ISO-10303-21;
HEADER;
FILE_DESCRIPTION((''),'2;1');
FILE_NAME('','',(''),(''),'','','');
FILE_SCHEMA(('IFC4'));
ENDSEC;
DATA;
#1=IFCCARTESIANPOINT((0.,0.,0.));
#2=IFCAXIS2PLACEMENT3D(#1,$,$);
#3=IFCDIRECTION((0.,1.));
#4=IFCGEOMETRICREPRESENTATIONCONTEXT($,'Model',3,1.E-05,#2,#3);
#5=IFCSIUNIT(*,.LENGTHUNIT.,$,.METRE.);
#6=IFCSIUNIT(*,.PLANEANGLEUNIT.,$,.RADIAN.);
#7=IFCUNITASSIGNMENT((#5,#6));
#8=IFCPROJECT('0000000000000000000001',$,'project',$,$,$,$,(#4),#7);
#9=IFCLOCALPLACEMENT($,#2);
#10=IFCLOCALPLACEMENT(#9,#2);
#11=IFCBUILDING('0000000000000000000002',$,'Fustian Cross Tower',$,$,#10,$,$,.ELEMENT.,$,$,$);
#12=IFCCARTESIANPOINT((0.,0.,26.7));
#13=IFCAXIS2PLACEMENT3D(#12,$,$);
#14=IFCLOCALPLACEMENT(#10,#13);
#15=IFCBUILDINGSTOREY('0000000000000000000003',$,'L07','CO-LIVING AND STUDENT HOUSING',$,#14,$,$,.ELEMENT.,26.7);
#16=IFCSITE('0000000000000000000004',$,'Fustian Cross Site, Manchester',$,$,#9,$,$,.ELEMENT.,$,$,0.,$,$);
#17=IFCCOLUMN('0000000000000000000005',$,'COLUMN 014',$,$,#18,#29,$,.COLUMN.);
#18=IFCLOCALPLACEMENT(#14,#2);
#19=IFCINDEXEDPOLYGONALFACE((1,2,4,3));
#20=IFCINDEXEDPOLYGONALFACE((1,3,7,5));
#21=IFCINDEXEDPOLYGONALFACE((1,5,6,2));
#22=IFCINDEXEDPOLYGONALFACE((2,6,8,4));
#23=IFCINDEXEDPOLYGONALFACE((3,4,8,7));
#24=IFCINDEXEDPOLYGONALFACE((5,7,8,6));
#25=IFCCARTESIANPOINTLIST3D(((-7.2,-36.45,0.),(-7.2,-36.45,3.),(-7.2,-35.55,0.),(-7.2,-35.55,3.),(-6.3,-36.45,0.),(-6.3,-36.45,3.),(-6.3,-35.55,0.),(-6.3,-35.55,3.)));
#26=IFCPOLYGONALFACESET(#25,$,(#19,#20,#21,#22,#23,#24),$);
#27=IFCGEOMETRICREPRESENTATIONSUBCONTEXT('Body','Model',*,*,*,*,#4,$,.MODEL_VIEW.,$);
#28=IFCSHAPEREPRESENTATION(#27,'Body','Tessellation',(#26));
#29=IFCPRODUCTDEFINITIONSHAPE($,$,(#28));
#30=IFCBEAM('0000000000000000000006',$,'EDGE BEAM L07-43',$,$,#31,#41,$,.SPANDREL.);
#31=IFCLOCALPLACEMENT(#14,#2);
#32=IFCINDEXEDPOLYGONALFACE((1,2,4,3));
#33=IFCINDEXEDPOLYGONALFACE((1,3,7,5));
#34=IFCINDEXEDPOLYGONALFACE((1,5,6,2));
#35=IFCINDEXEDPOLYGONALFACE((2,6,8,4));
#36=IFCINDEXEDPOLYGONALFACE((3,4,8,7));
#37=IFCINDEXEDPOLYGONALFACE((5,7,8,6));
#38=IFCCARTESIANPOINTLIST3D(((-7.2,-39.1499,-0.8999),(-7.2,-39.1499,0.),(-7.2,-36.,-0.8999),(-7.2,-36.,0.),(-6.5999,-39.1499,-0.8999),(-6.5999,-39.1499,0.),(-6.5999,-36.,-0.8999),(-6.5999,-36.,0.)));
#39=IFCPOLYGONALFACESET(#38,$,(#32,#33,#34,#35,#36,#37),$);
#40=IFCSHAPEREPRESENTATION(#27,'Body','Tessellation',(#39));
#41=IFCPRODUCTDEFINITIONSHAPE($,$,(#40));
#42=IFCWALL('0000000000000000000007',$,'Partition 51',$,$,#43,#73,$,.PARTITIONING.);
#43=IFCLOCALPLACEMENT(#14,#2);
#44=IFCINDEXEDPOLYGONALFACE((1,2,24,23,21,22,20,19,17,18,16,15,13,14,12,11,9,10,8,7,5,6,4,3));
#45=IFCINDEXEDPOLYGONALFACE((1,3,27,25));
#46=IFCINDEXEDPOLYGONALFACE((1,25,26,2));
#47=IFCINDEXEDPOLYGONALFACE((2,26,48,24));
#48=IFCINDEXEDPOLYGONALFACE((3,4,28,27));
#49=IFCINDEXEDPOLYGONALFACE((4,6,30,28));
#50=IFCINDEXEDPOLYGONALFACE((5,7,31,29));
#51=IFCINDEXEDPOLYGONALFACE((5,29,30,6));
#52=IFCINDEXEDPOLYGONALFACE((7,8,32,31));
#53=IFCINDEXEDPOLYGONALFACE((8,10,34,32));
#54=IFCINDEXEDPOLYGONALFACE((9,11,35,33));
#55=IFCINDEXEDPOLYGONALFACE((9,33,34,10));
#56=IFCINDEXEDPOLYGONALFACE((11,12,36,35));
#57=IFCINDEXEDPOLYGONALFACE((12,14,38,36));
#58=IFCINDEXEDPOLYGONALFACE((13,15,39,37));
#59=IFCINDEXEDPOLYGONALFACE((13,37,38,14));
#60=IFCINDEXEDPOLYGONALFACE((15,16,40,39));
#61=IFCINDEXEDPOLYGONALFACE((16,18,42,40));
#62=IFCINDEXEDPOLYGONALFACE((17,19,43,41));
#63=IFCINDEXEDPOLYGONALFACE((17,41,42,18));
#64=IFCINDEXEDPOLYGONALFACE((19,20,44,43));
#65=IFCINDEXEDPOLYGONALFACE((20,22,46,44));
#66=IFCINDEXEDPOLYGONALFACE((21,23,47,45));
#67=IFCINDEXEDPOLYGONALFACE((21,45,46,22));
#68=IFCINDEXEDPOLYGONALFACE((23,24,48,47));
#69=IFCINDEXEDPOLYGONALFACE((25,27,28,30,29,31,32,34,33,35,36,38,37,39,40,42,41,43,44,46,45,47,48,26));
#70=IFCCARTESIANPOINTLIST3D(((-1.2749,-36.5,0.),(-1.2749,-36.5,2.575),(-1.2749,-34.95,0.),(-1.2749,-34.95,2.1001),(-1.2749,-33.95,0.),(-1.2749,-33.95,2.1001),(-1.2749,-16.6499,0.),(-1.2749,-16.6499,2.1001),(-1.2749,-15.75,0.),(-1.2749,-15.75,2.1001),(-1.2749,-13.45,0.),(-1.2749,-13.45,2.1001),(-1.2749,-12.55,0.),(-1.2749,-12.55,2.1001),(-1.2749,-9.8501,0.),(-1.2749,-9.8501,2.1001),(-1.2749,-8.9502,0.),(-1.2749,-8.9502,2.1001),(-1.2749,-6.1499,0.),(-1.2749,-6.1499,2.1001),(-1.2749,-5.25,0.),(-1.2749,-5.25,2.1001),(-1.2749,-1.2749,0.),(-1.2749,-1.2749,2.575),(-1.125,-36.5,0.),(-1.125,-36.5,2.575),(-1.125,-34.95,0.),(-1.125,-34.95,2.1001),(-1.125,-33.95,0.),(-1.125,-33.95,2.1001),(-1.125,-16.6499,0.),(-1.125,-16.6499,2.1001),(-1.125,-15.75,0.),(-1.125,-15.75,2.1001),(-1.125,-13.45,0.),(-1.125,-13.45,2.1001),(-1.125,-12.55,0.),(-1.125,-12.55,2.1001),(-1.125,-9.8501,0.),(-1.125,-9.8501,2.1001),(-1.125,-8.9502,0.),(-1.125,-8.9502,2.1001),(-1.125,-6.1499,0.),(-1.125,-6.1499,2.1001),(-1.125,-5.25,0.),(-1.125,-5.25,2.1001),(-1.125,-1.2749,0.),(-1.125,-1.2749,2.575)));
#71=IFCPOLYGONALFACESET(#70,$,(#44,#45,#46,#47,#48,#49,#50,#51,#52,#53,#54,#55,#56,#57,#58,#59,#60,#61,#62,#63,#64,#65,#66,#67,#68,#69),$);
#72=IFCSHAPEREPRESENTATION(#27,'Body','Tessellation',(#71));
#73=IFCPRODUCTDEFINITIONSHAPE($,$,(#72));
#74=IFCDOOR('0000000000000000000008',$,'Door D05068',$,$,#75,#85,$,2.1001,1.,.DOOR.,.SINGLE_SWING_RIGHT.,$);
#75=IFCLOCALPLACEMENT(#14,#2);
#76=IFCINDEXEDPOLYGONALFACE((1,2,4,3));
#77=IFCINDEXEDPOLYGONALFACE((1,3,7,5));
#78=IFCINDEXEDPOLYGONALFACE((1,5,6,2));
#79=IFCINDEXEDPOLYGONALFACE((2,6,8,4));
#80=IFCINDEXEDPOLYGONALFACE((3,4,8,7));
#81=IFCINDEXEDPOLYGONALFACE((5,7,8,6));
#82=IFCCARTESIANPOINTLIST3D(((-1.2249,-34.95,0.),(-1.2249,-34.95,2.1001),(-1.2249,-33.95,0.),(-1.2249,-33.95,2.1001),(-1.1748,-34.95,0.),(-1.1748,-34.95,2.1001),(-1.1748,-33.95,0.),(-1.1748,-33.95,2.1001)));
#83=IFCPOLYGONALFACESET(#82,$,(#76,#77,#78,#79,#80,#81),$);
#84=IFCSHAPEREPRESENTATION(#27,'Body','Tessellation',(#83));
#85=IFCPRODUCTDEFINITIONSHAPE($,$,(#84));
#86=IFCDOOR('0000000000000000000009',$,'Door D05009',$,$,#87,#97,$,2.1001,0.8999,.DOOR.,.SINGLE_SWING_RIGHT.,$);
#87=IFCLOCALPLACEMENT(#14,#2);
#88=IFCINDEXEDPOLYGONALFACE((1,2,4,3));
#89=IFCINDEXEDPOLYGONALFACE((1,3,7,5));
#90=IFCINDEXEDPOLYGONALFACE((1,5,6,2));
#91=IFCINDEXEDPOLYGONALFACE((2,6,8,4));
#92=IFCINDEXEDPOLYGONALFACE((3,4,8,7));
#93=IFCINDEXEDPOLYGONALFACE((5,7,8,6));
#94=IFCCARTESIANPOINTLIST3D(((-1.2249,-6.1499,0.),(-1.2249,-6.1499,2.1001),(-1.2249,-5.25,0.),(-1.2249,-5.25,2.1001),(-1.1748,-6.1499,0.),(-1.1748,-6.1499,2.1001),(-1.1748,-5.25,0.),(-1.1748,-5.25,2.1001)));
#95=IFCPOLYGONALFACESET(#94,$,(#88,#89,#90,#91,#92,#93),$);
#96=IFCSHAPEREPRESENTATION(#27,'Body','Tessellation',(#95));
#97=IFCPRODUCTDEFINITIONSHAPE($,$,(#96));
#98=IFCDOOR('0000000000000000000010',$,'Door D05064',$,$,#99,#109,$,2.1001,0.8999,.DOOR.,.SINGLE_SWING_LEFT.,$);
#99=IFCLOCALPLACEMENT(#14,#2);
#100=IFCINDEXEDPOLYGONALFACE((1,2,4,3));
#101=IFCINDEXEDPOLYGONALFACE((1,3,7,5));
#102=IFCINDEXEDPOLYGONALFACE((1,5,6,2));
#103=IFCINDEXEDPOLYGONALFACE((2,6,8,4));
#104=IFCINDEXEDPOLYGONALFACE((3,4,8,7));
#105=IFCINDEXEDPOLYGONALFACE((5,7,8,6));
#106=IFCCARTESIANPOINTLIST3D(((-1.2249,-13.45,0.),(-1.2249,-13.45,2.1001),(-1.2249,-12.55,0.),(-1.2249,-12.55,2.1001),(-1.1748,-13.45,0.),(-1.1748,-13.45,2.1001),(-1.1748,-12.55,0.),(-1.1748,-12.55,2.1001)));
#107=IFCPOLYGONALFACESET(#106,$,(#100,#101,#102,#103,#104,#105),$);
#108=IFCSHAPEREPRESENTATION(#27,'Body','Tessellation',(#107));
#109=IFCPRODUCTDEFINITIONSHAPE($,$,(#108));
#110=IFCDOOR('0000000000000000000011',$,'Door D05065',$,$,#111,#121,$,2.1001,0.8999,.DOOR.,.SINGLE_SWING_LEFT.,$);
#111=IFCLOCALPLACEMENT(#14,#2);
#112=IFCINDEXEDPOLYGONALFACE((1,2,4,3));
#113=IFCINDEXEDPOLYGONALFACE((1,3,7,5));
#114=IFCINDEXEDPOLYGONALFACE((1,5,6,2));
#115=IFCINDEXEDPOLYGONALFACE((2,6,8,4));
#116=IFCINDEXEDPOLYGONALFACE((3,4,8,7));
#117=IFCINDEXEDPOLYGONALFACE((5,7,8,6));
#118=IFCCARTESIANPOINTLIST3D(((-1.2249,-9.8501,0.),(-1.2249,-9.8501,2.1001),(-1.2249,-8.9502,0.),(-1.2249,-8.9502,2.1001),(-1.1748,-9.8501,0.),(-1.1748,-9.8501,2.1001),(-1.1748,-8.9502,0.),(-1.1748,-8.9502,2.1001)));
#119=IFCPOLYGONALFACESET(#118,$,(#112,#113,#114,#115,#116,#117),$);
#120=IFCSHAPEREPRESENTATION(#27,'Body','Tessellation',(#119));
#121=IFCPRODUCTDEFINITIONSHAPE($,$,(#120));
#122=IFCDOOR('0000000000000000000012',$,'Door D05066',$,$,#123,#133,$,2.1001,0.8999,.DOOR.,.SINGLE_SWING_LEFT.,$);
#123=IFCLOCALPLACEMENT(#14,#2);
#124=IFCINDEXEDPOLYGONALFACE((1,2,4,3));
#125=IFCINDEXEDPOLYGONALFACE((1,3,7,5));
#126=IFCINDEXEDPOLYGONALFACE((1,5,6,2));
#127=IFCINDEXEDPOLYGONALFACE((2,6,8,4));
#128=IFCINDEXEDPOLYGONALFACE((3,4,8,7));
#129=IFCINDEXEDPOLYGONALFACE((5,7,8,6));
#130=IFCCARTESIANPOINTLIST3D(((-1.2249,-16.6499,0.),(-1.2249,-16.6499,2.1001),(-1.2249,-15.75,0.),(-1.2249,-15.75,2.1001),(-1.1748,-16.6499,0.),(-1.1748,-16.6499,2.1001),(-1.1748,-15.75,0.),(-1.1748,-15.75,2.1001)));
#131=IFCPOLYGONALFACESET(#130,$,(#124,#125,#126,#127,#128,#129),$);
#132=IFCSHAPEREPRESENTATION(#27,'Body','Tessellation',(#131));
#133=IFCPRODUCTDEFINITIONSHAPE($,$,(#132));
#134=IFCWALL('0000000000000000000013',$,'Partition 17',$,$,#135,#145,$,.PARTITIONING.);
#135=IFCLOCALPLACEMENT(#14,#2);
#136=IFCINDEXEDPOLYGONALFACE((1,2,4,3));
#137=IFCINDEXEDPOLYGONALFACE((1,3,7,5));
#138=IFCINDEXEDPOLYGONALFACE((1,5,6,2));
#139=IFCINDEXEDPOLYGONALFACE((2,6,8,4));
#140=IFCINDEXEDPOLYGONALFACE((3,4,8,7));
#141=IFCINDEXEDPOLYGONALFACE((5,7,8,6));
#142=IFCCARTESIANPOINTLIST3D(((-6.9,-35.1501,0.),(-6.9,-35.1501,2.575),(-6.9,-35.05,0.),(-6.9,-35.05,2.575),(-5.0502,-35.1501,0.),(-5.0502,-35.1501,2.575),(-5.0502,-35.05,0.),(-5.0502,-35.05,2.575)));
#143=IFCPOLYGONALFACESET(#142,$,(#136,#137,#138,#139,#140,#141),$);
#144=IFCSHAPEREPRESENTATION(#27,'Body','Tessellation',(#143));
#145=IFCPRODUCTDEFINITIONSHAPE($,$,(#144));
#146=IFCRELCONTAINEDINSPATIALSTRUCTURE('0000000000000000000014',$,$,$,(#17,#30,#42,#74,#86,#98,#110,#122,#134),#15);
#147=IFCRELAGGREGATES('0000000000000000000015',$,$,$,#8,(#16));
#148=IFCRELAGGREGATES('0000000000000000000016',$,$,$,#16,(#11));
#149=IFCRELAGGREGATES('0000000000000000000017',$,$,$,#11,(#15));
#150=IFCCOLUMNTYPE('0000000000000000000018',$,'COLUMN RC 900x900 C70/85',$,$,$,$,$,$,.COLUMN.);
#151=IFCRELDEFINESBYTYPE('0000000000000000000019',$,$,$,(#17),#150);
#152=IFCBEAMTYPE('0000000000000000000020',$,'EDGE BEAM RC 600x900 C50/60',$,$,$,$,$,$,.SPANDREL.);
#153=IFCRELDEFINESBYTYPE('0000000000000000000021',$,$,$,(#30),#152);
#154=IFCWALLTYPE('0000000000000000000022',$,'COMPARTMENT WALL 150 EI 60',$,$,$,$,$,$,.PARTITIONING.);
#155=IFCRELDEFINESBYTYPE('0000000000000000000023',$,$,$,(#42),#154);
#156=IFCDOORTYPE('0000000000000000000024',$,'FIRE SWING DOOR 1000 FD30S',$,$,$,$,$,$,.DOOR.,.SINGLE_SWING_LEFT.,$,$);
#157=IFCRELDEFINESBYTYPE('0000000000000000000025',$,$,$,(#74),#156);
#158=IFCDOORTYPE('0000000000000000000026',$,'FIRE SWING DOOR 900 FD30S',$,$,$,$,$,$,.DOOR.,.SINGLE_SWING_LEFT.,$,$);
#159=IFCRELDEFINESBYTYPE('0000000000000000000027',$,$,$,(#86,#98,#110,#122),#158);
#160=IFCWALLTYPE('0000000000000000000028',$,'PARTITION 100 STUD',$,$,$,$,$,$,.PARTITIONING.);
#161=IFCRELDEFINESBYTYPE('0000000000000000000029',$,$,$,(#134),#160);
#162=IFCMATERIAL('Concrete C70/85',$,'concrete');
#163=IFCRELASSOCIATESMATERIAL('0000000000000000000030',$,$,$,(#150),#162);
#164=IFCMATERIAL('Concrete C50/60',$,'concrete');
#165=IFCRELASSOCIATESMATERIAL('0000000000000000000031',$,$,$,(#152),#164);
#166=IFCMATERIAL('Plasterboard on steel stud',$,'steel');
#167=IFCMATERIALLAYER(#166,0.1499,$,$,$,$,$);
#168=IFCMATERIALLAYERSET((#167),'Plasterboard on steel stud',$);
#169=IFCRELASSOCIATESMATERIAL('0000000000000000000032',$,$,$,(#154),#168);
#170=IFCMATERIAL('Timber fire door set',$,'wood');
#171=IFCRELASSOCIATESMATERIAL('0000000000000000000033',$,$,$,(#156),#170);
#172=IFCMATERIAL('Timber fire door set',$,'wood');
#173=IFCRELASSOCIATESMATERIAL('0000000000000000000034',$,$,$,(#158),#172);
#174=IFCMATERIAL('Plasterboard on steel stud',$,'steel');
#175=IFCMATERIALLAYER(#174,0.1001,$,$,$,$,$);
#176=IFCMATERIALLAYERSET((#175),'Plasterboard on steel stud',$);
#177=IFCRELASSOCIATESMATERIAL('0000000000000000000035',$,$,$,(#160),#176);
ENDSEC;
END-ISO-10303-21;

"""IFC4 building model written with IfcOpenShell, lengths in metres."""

from ifc_helpers import new_model, si_unit, direction, frame, frame_2d, origin, origin_2d, place, context, subcontext, project, spatial, rectangle, extrude, material, layer, layer_set, material_profile, profile_set, type_object, element, fill, save


model = new_model("IFC4")

# Units and contexts
model_context = context("Model", 3, precision=1e-05, world=origin(), true_north=direction((0.0, 1.0)))
body_context = subcontext(model_context, "Body", "Model", "MODEL_VIEW")
ifc_project = project(units=[si_unit("LENGTHUNIT", "METRE"), si_unit("PLANEANGLEUNIT", "RADIAN")], contexts=[model_context])

# Site, building, storey
site_placement = place(None, origin())
site = spatial("IfcSite", under=ifc_project, at=site_placement, Name="Fustian Cross Site, Manchester", CompositionType="ELEMENT", RefElevation=0.0)
building_placement = place(site_placement, origin())
building = spatial("IfcBuilding", under=site, at=building_placement, Name="Fustian Cross Tower", CompositionType="ELEMENT")
storey_placement = place(building_placement, frame((0.0, 0.0, 26.7)))
storey = spatial("IfcBuildingStorey", under=building, at=storey_placement, Name="L07", Description="CO-LIVING AND STUDENT HOUSING", CompositionType="ELEMENT", Elevation=26.7)

# Column
ifc_material_1 = material(Name="Concrete C70/85", Category="concrete")
ifc_material_profile_1 = material_profile(ifc_material_1, rectangle(XDim=0.8999, YDim=0.8999, at=origin_2d()), Name="RC 900x900")
ifc_profile_set_1 = profile_set([ifc_material_profile_1], Name="Concrete C70/85")
column_type = type_object("IfcColumnType", Name="COLUMN RC 900x900 C70/85", PredefinedType="COLUMN", material=ifc_profile_set_1)
column_placement = place(storey_placement, frame((-6.75, -36.0, 0.0), z_axis=(0.0, 0.0, 1.0), x_axis=(1.0, 0.0, 0.0)))
element("IfcColumn", 1, at=column_placement, inside=storey, type_object=column_type, Name="COLUMN 014", PredefinedType="COLUMN", context=body_context, shape_type="SweptSolid", body=[
    extrude(rectangle(XDim=0.8999, YDim=0.8999, at=origin_2d()), origin(), (0.0, 0.0, 1.0), 3.0),
])

# Beam
ifc_material_2 = material(Name="Concrete C50/60", Category="concrete")
ifc_material_profile_2 = material_profile(ifc_material_2, rectangle(XDim=0.6001, YDim=0.8999, at=origin_2d()), Name="RC 600x900")
ifc_profile_set_2 = profile_set([ifc_material_profile_2], Name="Concrete C50/60")
beam_type = type_object("IfcBeamType", Name="EDGE BEAM RC 600x900 C50/60", PredefinedType="SPANDREL", material=ifc_profile_set_2)
beam_placement = place(storey_placement, frame((-6.8999, -36.0, -0.45), z_axis=(0.0, -1.0, 0.0), x_axis=(1.0, 0.0, 0.0)))
element("IfcBeam", 2, at=beam_placement, inside=storey, type_object=beam_type, Name="EDGE BEAM L07-43", PredefinedType="SPANDREL", context=body_context, shape_type="SweptSolid", body=[
    extrude(rectangle(XDim=0.6001, YDim=0.8999, at=origin_2d()), origin(), (0.0, 0.0, 1.0), 3.1499),
])

# Wall, openings, doors
ifc_material_3 = material(Name="Plasterboard on steel stud", Category="steel")
ifc_layer_1 = layer(ifc_material_3, 0.1499)
ifc_layer_set_1 = layer_set([ifc_layer_1], Name="Plasterboard on steel stud")
wall_type_1 = type_object("IfcWallType", Name="COMPARTMENT WALL 150 EI 60", PredefinedType="PARTITIONING", material=ifc_layer_set_1)
wall_1_placement = place(storey_placement, frame((-1.2, -36.5, 0.0), z_axis=(0.0, 0.0, 1.0), x_axis=(0.0, 1.0, 0.0)))
wall_1 = element("IfcWall", 3, at=wall_1_placement, inside=storey, type_object=wall_type_1, Name="Partition 51", PredefinedType="PARTITIONING", context=body_context, shape_type="SweptSolid", body=[
    extrude(rectangle(XDim=35.2251, YDim=0.1499, at=frame_2d((17.6125, 0.0))), origin(), (0.0, 0.0, 1.0), 2.575),
])
opening_1_placement = place(wall_1_placement, frame((30.3501, 0.0, 0.0)))
opening_1 = element("IfcOpeningElement", 4, at=opening_1_placement, cuts=wall_1, PredefinedType="OPENING", context=body_context, shape_type="SweptSolid", body=[
    extrude(rectangle(XDim=0.8999, YDim=2.1001, at=frame_2d((0.45, 1.05))), frame((0.0, 0.085, 0.0), z_axis=(0.0, -1.0, 0.0), x_axis=(1.0, 0.0, 0.0)), (0.0, 0.0, 1.0), 0.1699),
])
opening_2_placement = place(wall_1_placement, frame((23.05, 0.0, 0.0)))
opening_2 = element("IfcOpeningElement", 5, at=opening_2_placement, cuts=wall_1, PredefinedType="OPENING", context=body_context, shape_type="SweptSolid", body=[
    extrude(rectangle(XDim=0.8999, YDim=2.1001, at=frame_2d((0.45, 1.05))), frame((0.0, 0.085, 0.0), z_axis=(0.0, -1.0, 0.0), x_axis=(1.0, 0.0, 0.0)), (0.0, 0.0, 1.0), 0.1699),
])
opening_3_placement = place(wall_1_placement, frame((26.6499, 0.0, 0.0)))
opening_3 = element("IfcOpeningElement", 6, at=opening_3_placement, cuts=wall_1, PredefinedType="OPENING", context=body_context, shape_type="SweptSolid", body=[
    extrude(rectangle(XDim=0.8999, YDim=2.1001, at=frame_2d((0.45, 1.05))), frame((0.0, 0.085, 0.0), z_axis=(0.0, -1.0, 0.0), x_axis=(1.0, 0.0, 0.0)), (0.0, 0.0, 1.0), 0.1699),
])
opening_4_placement = place(wall_1_placement, frame((19.8501, 0.0, 0.0)))
opening_4 = element("IfcOpeningElement", 7, at=opening_4_placement, cuts=wall_1, PredefinedType="OPENING", context=body_context, shape_type="SweptSolid", body=[
    extrude(rectangle(XDim=0.8999, YDim=2.1001, at=frame_2d((0.45, 1.05))), frame((0.0, 0.085, 0.0), z_axis=(0.0, -1.0, 0.0), x_axis=(1.0, 0.0, 0.0)), (0.0, 0.0, 1.0), 0.1699),
])
opening_5_placement = place(wall_1_placement, frame((1.55, 0.0, 0.0)))
opening_5 = element("IfcOpeningElement", 8, at=opening_5_placement, cuts=wall_1, PredefinedType="OPENING", context=body_context, shape_type="SweptSolid", body=[
    extrude(rectangle(XDim=1.0, YDim=2.1001, at=frame_2d((0.5, 1.05))), frame((0.0, 0.085, 0.0), z_axis=(0.0, -1.0, 0.0), x_axis=(1.0, 0.0, 0.0)), (0.0, 0.0, 1.0), 0.1699),
])
ifc_material_4 = material(Name="Timber fire door set", Category="wood")
door_type_1 = type_object("IfcDoorType", Name="FIRE SWING DOOR 1000 FD30S", OperationType="SINGLE_SWING_LEFT", PredefinedType="DOOR", material=ifc_material_4)
door_1_placement = place(opening_5_placement, origin())
door_1 = element("IfcDoor", 9, at=door_1_placement, inside=storey, type_object=door_type_1, Name="Door D05068", OperationType="SINGLE_SWING_RIGHT", OverallHeight=2.1001, OverallWidth=1.0, PredefinedType="DOOR", context=body_context, shape_type="SweptSolid", body=[
    extrude(rectangle(XDim=1.0, YDim=2.1001, at=frame_2d((0.5, 1.05))), frame((0.0, 0.0249, 0.0), z_axis=(0.0, -1.0, 0.0), x_axis=(1.0, 0.0, 0.0)), (0.0, 0.0, 1.0), 0.05),
])
fill(opening_5, door_1)
ifc_material_5 = material(Name="Timber fire door set", Category="wood")
door_type_2 = type_object("IfcDoorType", Name="FIRE SWING DOOR 900 FD30S", OperationType="SINGLE_SWING_LEFT", PredefinedType="DOOR", material=ifc_material_5)
door_2_placement = place(opening_1_placement, origin())
door_2 = element("IfcDoor", 10, at=door_2_placement, inside=storey, type_object=door_type_2, Name="Door D05009", OperationType="SINGLE_SWING_RIGHT", OverallHeight=2.1001, OverallWidth=0.8999, PredefinedType="DOOR", context=body_context, shape_type="SweptSolid", body=[
    extrude(rectangle(XDim=0.8999, YDim=2.1001, at=frame_2d((0.45, 1.05))), frame((0.0, 0.0249, 0.0), z_axis=(0.0, -1.0, 0.0), x_axis=(1.0, 0.0, 0.0)), (0.0, 0.0, 1.0), 0.05),
])
fill(opening_1, door_2)
door_3_placement = place(opening_2_placement, origin())
door_3 = element("IfcDoor", 11, at=door_3_placement, inside=storey, type_object=door_type_2, Name="Door D05064", OperationType="SINGLE_SWING_LEFT", OverallHeight=2.1001, OverallWidth=0.8999, PredefinedType="DOOR", context=body_context, shape_type="SweptSolid", body=[
    extrude(rectangle(XDim=0.8999, YDim=2.1001, at=frame_2d((0.45, 1.05))), frame((0.0, 0.0249, 0.0), z_axis=(0.0, -1.0, 0.0), x_axis=(1.0, 0.0, 0.0)), (0.0, 0.0, 1.0), 0.05),
])
fill(opening_2, door_3)
door_4_placement = place(opening_3_placement, origin())
door_4 = element("IfcDoor", 12, at=door_4_placement, inside=storey, type_object=door_type_2, Name="Door D05065", OperationType="SINGLE_SWING_LEFT", OverallHeight=2.1001, OverallWidth=0.8999, PredefinedType="DOOR", context=body_context, shape_type="SweptSolid", body=[
    extrude(rectangle(XDim=0.8999, YDim=2.1001, at=frame_2d((0.45, 1.05))), frame((0.0, 0.0249, 0.0), z_axis=(0.0, -1.0, 0.0), x_axis=(1.0, 0.0, 0.0)), (0.0, 0.0, 1.0), 0.05),
])
fill(opening_3, door_4)
door_5_placement = place(opening_4_placement, origin())
door_5 = element("IfcDoor", 13, at=door_5_placement, inside=storey, type_object=door_type_2, Name="Door D05066", OperationType="SINGLE_SWING_LEFT", OverallHeight=2.1001, OverallWidth=0.8999, PredefinedType="DOOR", context=body_context, shape_type="SweptSolid", body=[
    extrude(rectangle(XDim=0.8999, YDim=2.1001, at=frame_2d((0.45, 1.05))), frame((0.0, 0.0249, 0.0), z_axis=(0.0, -1.0, 0.0), x_axis=(1.0, 0.0, 0.0)), (0.0, 0.0, 1.0), 0.05),
])
fill(opening_4, door_5)

# Wall
ifc_material_6 = material(Name="Plasterboard on steel stud", Category="steel")
ifc_layer_2 = layer(ifc_material_6, 0.1001)
ifc_layer_set_2 = layer_set([ifc_layer_2], Name="Plasterboard on steel stud")
wall_type_2 = type_object("IfcWallType", Name="PARTITION 100 STUD", PredefinedType="PARTITIONING", material=ifc_layer_set_2)
wall_2_placement = place(storey_placement, frame((-6.8999, -35.1001, 0.0), z_axis=(0.0, 0.0, 1.0), x_axis=(1.0, 0.0, 0.0)))
element("IfcWall", 14, at=wall_2_placement, inside=storey, type_object=wall_type_2, Name="Partition 17", PredefinedType="PARTITIONING", context=body_context, shape_type="SweptSolid", body=[
    extrude(rectangle(XDim=1.8499, YDim=0.1001, at=frame_2d((0.9248, 0.0))), origin(), (0.0, 0.0, 1.0), 2.575),
])

save(model, "model.ifc")
